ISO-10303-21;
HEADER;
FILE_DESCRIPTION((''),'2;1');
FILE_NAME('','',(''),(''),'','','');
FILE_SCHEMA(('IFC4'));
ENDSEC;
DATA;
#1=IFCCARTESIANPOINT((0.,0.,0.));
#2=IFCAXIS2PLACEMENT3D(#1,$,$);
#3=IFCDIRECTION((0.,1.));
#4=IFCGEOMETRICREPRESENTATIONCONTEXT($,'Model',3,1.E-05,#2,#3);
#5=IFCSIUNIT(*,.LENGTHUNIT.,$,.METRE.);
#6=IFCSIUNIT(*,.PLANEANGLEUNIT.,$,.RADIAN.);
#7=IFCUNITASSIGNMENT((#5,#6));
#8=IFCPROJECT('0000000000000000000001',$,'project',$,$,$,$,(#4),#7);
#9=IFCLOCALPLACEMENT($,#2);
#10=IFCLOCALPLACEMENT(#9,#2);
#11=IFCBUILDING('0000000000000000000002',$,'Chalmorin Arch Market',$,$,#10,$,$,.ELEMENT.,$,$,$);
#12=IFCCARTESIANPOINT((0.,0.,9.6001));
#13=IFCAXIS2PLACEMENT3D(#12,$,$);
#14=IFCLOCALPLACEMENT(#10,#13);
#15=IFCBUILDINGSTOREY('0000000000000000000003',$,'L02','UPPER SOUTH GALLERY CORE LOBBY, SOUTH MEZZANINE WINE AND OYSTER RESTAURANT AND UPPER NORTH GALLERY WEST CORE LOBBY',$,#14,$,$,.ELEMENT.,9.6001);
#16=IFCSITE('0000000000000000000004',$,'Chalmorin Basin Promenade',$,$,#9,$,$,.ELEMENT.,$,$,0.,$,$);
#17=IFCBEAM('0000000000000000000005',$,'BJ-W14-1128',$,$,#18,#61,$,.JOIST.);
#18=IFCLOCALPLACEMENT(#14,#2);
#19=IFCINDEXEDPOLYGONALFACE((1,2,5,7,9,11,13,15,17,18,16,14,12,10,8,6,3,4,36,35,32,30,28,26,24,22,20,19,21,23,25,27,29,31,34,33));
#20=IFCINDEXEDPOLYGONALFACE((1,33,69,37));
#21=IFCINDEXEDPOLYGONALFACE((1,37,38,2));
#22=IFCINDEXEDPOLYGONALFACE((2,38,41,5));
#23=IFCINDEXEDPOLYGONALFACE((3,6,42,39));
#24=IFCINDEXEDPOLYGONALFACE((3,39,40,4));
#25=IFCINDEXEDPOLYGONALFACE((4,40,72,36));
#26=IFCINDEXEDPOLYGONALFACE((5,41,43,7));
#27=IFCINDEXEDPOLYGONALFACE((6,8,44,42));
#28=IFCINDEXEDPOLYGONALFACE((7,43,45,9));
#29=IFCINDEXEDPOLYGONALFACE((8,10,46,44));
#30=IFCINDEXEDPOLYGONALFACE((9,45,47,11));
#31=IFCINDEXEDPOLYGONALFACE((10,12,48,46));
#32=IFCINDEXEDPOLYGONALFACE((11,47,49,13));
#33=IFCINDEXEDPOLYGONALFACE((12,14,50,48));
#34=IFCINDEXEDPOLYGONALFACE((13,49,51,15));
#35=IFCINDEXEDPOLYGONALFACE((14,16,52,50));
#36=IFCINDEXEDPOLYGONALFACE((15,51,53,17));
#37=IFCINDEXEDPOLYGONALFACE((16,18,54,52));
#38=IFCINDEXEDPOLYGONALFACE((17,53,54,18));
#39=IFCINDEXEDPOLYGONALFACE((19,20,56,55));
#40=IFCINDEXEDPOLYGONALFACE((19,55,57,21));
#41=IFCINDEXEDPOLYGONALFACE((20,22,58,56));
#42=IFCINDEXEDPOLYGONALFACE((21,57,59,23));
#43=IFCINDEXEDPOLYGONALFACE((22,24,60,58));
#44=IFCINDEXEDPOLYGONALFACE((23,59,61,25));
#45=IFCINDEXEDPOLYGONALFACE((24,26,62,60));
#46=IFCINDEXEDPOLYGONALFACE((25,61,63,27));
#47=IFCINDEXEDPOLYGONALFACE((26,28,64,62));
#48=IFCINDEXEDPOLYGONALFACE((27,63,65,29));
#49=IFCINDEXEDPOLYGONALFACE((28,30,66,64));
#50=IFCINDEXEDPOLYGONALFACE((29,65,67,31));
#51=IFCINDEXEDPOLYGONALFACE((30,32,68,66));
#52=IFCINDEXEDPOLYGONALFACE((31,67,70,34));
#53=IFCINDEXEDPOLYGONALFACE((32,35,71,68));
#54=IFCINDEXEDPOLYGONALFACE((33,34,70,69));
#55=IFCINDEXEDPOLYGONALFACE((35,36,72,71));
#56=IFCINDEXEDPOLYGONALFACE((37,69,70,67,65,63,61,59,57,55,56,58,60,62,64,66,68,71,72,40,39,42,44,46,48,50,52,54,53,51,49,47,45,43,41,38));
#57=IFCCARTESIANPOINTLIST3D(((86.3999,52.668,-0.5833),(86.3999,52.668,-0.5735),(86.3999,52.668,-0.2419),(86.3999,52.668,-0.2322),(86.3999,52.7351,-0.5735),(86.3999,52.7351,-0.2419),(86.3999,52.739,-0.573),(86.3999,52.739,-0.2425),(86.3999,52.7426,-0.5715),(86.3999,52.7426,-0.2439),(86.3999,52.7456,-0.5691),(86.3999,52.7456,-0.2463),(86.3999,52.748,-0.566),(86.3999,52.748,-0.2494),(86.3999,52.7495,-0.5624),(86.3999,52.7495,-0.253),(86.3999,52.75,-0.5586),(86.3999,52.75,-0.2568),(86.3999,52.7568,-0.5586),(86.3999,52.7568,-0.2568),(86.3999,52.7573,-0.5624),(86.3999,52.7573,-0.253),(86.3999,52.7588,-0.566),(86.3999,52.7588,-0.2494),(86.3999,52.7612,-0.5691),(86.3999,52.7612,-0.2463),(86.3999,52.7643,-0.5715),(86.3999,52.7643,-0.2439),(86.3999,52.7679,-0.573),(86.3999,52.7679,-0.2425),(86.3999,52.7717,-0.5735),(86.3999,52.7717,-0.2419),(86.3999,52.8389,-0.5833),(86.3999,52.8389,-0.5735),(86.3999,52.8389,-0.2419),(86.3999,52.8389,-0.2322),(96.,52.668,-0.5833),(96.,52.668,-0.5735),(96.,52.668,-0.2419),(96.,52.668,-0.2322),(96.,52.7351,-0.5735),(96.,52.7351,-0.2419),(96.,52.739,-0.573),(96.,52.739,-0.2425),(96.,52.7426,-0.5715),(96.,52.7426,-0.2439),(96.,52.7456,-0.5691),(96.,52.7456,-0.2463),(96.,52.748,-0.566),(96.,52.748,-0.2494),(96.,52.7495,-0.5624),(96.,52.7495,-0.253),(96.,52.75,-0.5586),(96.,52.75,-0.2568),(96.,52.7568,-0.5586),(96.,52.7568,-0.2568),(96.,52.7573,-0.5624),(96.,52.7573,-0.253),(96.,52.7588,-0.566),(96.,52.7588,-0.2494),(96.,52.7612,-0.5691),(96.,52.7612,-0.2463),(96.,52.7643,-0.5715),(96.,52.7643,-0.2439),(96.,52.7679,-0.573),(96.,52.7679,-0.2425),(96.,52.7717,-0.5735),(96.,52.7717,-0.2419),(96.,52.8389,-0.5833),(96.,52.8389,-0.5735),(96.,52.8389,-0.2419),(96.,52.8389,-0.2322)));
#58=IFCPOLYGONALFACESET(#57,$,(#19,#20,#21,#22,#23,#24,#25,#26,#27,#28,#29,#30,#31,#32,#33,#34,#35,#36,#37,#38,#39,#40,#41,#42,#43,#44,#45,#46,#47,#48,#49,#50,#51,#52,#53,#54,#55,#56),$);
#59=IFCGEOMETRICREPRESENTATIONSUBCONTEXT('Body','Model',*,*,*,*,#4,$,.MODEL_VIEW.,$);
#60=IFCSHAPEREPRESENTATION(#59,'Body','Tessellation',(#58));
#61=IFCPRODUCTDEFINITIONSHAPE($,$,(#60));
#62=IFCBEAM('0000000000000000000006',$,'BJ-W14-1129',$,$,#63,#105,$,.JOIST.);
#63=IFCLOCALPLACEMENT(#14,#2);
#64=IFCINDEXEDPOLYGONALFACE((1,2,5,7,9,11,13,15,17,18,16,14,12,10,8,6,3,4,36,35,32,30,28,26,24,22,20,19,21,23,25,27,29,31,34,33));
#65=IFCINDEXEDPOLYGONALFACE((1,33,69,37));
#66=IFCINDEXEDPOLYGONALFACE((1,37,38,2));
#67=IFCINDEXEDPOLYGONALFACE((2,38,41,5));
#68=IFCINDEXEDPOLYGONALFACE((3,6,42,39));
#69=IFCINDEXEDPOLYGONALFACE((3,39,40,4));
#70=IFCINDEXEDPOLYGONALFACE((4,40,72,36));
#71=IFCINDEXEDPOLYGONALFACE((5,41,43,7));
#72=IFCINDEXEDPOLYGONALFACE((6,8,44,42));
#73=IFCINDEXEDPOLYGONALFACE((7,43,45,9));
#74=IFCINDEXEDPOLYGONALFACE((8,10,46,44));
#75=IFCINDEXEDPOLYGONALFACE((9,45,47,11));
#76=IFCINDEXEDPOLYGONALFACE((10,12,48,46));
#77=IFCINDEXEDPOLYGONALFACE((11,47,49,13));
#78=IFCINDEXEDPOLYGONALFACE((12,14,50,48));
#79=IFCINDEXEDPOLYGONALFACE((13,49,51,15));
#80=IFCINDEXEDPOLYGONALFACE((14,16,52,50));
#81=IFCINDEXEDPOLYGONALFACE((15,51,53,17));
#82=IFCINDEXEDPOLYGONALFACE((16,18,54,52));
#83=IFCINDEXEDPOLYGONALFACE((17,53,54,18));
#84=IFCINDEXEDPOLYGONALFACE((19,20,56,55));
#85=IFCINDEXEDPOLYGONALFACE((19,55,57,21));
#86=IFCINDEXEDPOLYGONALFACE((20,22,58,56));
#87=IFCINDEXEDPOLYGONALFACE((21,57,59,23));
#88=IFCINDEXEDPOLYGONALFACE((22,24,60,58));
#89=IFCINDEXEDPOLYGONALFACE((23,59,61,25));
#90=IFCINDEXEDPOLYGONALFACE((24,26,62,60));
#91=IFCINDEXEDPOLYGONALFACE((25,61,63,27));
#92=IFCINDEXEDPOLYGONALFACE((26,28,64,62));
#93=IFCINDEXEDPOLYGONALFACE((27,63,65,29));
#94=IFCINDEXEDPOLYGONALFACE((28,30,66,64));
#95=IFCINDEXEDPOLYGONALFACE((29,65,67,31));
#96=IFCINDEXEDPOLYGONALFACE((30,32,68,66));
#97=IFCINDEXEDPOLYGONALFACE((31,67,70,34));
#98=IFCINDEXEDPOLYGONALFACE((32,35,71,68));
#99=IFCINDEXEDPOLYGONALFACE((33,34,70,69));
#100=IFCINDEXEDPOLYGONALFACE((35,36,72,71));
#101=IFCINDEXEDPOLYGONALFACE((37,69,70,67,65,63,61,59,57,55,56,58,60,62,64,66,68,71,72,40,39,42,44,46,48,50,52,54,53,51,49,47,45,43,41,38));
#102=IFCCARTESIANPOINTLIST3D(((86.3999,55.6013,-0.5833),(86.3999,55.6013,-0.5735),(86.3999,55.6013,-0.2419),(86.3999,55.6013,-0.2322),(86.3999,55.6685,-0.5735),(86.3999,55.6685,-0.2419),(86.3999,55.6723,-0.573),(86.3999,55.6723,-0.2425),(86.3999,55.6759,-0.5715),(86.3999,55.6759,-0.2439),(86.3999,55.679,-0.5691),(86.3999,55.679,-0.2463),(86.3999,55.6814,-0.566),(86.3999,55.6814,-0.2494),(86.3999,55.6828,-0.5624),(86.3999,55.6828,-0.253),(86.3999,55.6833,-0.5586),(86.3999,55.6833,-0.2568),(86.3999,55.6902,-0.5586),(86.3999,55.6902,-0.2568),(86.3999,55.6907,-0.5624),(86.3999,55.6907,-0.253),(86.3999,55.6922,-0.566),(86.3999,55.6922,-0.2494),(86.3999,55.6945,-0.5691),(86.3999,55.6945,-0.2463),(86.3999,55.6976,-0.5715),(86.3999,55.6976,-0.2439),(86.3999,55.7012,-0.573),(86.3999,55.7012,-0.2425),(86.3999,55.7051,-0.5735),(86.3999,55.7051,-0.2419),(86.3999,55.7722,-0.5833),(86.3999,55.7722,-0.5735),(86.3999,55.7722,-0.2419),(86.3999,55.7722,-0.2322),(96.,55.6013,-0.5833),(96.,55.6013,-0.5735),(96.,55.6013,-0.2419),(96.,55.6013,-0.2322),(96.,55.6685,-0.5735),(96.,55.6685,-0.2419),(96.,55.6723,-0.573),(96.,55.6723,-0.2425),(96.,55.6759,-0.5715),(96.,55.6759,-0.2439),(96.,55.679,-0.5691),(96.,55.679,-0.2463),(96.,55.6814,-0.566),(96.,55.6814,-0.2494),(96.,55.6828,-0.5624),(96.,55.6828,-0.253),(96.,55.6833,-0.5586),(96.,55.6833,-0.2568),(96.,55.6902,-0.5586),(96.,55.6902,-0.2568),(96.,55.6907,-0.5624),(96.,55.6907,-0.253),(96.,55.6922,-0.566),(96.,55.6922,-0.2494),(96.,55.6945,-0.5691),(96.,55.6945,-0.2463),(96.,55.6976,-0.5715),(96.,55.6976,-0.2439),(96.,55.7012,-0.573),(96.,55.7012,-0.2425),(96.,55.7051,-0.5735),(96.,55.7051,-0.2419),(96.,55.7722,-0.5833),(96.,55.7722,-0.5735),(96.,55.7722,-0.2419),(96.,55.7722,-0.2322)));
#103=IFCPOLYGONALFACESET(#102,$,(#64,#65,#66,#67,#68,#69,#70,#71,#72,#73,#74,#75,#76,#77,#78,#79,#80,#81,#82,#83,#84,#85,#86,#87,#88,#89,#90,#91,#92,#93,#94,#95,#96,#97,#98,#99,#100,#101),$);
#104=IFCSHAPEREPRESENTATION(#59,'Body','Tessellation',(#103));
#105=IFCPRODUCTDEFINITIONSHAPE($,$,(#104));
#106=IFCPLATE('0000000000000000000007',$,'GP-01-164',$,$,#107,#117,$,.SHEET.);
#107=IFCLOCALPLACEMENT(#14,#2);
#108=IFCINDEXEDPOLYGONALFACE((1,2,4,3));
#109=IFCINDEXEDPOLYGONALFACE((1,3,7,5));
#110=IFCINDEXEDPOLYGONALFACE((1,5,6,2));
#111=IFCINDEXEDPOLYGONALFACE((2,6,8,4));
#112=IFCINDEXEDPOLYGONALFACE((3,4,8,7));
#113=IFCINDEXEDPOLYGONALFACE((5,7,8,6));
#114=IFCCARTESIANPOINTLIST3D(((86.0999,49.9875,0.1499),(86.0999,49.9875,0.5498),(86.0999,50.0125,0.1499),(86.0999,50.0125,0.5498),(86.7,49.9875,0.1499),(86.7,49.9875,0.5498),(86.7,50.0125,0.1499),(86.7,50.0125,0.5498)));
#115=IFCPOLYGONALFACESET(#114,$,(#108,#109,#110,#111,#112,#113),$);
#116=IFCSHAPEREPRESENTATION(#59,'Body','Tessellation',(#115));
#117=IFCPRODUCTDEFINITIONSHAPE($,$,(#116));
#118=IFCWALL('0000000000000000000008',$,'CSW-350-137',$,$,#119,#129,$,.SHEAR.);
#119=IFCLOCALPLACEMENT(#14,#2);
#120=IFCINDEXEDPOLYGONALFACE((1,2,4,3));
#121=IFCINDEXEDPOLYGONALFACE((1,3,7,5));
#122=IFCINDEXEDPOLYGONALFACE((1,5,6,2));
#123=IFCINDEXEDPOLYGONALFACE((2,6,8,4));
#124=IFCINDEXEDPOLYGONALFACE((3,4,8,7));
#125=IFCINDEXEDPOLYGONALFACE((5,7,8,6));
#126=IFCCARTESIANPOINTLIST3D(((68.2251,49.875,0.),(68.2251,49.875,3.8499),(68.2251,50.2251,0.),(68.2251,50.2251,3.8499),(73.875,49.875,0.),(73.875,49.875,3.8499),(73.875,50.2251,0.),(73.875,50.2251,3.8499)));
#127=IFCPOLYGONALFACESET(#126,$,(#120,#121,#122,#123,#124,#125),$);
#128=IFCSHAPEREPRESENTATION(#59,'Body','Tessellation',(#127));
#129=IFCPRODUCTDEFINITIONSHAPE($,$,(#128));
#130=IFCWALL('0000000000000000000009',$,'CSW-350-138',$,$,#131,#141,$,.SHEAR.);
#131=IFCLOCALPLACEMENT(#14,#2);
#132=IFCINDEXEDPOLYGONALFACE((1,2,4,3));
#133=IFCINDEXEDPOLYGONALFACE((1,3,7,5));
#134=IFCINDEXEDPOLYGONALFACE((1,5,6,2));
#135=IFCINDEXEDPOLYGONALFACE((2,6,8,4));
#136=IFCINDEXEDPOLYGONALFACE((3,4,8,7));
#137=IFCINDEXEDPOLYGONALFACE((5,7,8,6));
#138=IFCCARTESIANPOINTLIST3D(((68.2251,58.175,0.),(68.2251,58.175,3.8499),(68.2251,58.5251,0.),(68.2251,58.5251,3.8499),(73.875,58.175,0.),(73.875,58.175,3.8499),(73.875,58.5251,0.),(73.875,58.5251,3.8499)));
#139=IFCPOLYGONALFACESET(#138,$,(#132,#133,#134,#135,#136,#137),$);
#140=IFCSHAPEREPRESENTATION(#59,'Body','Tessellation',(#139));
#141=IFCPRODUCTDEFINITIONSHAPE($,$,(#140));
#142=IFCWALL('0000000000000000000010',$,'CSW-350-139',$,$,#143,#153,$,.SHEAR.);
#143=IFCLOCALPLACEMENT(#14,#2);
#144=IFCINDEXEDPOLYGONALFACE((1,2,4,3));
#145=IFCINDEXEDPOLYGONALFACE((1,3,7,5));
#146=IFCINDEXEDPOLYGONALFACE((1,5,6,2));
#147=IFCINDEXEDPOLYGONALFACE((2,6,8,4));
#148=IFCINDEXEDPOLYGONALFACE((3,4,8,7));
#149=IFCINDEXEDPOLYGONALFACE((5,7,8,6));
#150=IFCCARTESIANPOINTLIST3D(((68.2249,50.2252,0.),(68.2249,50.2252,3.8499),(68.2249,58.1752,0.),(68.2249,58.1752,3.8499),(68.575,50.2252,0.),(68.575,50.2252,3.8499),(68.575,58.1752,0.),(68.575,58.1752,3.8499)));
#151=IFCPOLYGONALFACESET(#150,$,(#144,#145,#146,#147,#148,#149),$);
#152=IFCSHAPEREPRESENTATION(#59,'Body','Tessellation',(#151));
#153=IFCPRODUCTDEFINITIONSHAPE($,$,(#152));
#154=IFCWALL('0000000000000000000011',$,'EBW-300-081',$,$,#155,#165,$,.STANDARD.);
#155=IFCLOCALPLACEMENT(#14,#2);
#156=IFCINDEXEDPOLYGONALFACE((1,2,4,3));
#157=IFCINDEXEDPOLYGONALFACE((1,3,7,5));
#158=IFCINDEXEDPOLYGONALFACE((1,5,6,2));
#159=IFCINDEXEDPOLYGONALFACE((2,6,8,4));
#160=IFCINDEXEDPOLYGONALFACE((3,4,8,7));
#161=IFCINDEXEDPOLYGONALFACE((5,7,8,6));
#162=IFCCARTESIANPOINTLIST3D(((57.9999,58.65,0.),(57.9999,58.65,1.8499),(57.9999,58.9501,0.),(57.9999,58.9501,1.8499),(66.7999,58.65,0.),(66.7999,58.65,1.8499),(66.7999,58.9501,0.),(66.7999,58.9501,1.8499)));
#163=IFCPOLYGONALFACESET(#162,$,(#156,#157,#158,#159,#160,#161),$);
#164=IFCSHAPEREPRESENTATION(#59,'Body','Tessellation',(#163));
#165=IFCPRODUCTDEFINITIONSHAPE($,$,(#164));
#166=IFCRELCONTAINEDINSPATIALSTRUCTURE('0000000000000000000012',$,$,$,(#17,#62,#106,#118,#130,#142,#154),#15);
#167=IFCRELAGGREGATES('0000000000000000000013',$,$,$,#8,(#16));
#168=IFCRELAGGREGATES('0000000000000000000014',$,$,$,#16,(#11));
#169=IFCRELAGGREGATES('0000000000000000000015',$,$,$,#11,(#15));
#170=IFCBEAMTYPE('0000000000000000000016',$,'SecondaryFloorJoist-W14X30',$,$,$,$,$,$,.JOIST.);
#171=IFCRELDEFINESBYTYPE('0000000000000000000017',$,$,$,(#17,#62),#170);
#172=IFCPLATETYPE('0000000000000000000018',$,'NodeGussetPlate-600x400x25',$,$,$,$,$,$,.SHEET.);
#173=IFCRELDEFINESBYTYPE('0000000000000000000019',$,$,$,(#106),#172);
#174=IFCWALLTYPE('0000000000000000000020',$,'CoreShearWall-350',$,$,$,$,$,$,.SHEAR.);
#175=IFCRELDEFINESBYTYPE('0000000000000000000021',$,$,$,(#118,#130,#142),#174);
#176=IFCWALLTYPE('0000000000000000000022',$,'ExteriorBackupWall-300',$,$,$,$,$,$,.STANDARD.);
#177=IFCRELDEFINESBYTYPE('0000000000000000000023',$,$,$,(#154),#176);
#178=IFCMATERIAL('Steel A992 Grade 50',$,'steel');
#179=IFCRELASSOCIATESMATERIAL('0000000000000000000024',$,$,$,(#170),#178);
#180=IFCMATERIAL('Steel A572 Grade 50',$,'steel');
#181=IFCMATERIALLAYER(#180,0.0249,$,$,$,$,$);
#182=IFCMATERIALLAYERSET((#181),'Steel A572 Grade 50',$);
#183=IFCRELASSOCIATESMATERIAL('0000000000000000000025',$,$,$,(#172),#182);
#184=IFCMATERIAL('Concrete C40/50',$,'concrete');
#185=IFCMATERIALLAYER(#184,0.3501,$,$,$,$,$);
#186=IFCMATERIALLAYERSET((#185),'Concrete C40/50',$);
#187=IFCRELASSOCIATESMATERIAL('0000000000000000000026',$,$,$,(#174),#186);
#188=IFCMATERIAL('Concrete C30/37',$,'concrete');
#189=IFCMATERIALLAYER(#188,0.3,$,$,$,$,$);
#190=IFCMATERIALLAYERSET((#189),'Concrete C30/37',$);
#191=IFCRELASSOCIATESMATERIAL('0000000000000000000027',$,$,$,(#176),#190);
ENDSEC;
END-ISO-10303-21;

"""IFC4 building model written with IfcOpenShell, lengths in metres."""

from ifc_helpers import new_model, si_unit, direction, frame, frame_2d, origin, origin_2d, place, context, subcontext, project, spatial, rectangle, i_section, extrude, material, layer, layer_set, material_profile, profile_set, type_object, element, save


model = new_model("IFC4")

# Units and contexts
model_context = context("Model", 3, precision=1e-05, world=origin(), true_north=direction((0.0, 1.0)))
body_context = subcontext(model_context, "Body", "Model", "MODEL_VIEW")
ifc_project = project(units=[si_unit("LENGTHUNIT", "METRE"), si_unit("PLANEANGLEUNIT", "RADIAN")], contexts=[model_context])

# Site, building, storey
site_placement = place(None, origin())
site = spatial("IfcSite", under=ifc_project, at=site_placement, Name="Chalmorin Basin Promenade", CompositionType="ELEMENT", RefElevation=0.0)
building_placement = place(site_placement, origin())
building = spatial("IfcBuilding", under=site, at=building_placement, Name="Chalmorin Arch Market", CompositionType="ELEMENT")
storey_placement = place(building_placement, frame((0.0, 0.0, 9.6001)))
storey = spatial("IfcBuildingStorey", under=building, at=storey_placement, Name="L02", Description="UPPER SOUTH GALLERY CORE LOBBY, SOUTH MEZZANINE WINE AND OYSTER RESTAURANT AND UPPER NORTH GALLERY WEST CORE LOBBY", CompositionType="ELEMENT", Elevation=9.6001)

# Shared definitions
ifc_material_1 = material(Name="Concrete C40/50", Category="concrete")

# Shared definitions
ifc_material_2 = material(Name="Steel A992 Grade 50", Category="steel")

# Beams
ifc_material_profile_1 = material_profile(ifc_material_2, i_section(OverallWidth=0.1709, OverallDepth=0.3511, WebThickness=0.0068, FlangeThickness=0.0098, FilletRadius=0.0149, at=origin_2d()), Name="W14X30")
ifc_profile_set_1 = profile_set([ifc_material_profile_1], Name="Steel A992 Grade 50")
beam_type_1 = type_object("IfcBeamType", Name="SecondaryFloorJoist-W14X30", PredefinedType="JOIST", material=ifc_profile_set_1)
for number, where, z_axis, x_axis, name in (
    (1, (86.3999, 52.7534, -0.4077), (1.0, 0.0, 0.0), (0.0, 1.0, 0.0), "BJ-W14-1128"),
    (2, (86.3999, 55.6868, -0.4077), (1.0, 0.0, 0.0), (0.0, 1.0, 0.0), "BJ-W14-1129"),
):
    element("IfcBeam", number, at=place(storey_placement, frame(where, z_axis=z_axis, x_axis=x_axis)), inside=storey, type_object=beam_type_1, Name=name, PredefinedType="JOIST", context=body_context, shape_type="SweptSolid", body=[
        extrude(i_section(OverallWidth=0.1709, OverallDepth=0.3511, WebThickness=0.0068, FlangeThickness=0.0098, FilletRadius=0.0149, at=origin_2d()), origin(), (0.0, 0.0, 1.0), 9.6001),
    ])

# Plate
ifc_material_3 = material(Name="Steel A572 Grade 50", Category="steel")
ifc_layer_1 = layer(ifc_material_3, 0.0249)
ifc_layer_set_1 = layer_set([ifc_layer_1], Name="Steel A572 Grade 50")
plate_type = type_object("IfcPlateType", Name="NodeGussetPlate-600x400x25", PredefinedType="SHEET", material=ifc_layer_set_1)
plate_placement = place(storey_placement, frame((86.3999, 50.0, 0.1499), z_axis=(0.0, 0.0, 1.0), x_axis=(1.0, 0.0, 0.0)))
element("IfcPlate", 3, at=plate_placement, inside=storey, type_object=plate_type, Name="GP-01-164", PredefinedType="SHEET", context=body_context, shape_type="SweptSolid", body=[
    extrude(rectangle(XDim=0.6001, YDim=0.0249, at=origin_2d()), origin(), (0.0, 0.0, 1.0), 0.3999),
])

# Walls
ifc_layer_2 = layer(ifc_material_1, 0.3501)
ifc_layer_set_2 = layer_set([ifc_layer_2], Name="Concrete C40/50")
wall_type_1 = type_object("IfcWallType", Name="CoreShearWall-350", PredefinedType="SHEAR", material=ifc_layer_set_2)
for number, where, z_axis, x_axis, name in (
    (4, (73.875, 50.05, 0.0), (0.0, 0.0, 1.0), (-1.0, 0.0, 0.0), "CSW-350-137"),
    (5, (68.2251, 58.3501, 0.0), (0.0, 0.0, 1.0), (1.0, 0.0, 0.0), "CSW-350-138"),
):
    element("IfcWall", number, at=place(storey_placement, frame(where, z_axis=z_axis, x_axis=x_axis)), inside=storey, type_object=wall_type_1, Name=name, PredefinedType="SHEAR", context=body_context, shape_type="SweptSolid", body=[
        extrude(rectangle(XDim=5.6499, YDim=0.3501, at=frame_2d((2.825, 0.0))), origin(), (0.0, 0.0, 1.0), 3.8499),
    ])
wall_1_placement = place(storey_placement, frame((68.3999, 50.2251, 0.0), z_axis=(0.0, 0.0, 1.0), x_axis=(0.0, 1.0, 0.0)))
element("IfcWall", 6, at=wall_1_placement, inside=storey, type_object=wall_type_1, Name="CSW-350-139", PredefinedType="SHEAR", context=body_context, shape_type="SweptSolid", body=[
    extrude(rectangle(XDim=7.95, YDim=0.3501, at=frame_2d((3.9751, 0.0))), origin(), (0.0, 0.0, 1.0), 3.8499),
])

# Wall
ifc_material_4 = material(Name="Concrete C30/37", Category="concrete")
ifc_layer_3 = layer(ifc_material_4, 0.3)
ifc_layer_set_3 = layer_set([ifc_layer_3], Name="Concrete C30/37")
wall_type_2 = type_object("IfcWallType", Name="ExteriorBackupWall-300", PredefinedType="STANDARD", material=ifc_layer_set_3)
wall_2_placement = place(storey_placement, frame((58.0, 58.8, 0.0), z_axis=(0.0, 0.0, 1.0), x_axis=(1.0, 0.0, 0.0)))
element("IfcWall", 7, at=wall_2_placement, inside=storey, type_object=wall_type_2, Name="EBW-300-081", PredefinedType="STANDARD", context=body_context, shape_type="SweptSolid", body=[
    extrude(rectangle(XDim=8.8, YDim=0.3, at=frame_2d((4.3999, 0.0))), origin(), (0.0, 0.0, 1.0), 1.8499),
])

save(model, "model.ifc")
